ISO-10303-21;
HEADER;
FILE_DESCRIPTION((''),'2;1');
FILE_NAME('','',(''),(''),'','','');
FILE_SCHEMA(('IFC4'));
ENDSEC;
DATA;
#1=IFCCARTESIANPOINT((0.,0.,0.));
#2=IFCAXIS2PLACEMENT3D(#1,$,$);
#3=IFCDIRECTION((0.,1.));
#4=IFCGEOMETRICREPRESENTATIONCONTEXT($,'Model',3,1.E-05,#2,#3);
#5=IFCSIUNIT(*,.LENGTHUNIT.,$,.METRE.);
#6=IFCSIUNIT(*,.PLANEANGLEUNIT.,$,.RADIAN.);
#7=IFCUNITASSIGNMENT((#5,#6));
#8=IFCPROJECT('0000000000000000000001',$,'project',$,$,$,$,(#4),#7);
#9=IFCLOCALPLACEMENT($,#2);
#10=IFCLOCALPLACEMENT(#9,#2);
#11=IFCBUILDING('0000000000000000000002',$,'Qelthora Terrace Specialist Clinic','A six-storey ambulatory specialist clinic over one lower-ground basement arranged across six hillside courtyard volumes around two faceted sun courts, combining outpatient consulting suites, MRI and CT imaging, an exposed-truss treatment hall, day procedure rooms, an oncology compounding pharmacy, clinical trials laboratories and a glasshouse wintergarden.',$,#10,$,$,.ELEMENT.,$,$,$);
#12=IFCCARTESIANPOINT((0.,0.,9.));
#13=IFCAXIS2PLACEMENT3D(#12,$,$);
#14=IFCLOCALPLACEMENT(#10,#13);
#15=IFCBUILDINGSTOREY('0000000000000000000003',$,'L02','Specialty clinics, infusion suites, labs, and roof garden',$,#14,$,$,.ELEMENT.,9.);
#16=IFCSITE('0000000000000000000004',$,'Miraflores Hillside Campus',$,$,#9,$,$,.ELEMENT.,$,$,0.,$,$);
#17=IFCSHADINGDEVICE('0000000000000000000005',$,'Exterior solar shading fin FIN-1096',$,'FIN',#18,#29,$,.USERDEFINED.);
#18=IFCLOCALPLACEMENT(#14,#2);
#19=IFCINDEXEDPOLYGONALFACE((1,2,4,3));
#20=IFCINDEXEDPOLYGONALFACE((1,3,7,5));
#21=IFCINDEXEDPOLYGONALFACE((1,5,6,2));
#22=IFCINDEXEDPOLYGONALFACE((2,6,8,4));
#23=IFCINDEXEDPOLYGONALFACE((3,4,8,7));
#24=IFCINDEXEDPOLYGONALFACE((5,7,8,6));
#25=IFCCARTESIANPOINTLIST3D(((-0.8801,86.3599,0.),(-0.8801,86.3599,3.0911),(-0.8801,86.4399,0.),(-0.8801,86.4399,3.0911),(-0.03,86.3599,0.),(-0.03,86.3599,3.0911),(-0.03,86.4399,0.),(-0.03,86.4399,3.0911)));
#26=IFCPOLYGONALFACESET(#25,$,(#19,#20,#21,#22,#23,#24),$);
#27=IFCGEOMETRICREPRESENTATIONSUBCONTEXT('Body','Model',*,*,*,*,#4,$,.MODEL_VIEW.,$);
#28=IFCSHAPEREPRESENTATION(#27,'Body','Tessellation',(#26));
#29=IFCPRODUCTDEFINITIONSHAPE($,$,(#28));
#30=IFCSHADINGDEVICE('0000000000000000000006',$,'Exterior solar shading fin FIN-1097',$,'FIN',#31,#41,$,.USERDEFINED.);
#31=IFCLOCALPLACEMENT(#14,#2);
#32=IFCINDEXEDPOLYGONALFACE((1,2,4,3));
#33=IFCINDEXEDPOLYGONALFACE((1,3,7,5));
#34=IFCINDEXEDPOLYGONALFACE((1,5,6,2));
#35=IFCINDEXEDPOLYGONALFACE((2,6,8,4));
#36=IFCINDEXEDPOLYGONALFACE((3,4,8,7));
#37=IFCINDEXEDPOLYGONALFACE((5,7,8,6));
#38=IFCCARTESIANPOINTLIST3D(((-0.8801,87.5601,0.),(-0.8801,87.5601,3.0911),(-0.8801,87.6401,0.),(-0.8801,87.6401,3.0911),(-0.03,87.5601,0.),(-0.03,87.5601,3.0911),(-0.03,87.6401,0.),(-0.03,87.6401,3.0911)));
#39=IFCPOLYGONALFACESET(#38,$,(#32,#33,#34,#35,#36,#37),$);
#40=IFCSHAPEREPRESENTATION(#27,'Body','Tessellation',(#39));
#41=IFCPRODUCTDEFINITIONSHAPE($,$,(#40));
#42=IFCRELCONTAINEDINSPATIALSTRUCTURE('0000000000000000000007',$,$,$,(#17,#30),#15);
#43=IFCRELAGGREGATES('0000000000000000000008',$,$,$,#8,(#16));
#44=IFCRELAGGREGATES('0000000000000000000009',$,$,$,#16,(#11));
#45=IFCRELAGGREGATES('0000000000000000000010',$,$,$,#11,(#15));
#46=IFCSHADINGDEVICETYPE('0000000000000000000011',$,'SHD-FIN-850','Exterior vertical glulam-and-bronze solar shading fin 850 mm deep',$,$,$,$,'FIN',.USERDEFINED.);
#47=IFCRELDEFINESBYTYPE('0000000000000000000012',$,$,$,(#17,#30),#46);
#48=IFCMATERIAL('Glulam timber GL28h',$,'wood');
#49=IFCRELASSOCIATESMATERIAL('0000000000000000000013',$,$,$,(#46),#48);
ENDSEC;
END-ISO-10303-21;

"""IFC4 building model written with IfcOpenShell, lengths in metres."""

from ifc_helpers import new_model, si_unit, direction, frame, origin, origin_2d, place, context, subcontext, project, spatial, rectangle, extrude, material, type_object, element, save


model = new_model("IFC4")

# Units and contexts
model_context = context("Model", 3, precision=1e-05, world=origin(), true_north=direction((0.0, 1.0)))
body_context = subcontext(model_context, "Body", "Model", "MODEL_VIEW")
ifc_project = project(units=[si_unit("LENGTHUNIT", "METRE"), si_unit("PLANEANGLEUNIT", "RADIAN")], contexts=[model_context])

# Site, building, storey
site_placement = place(None, origin())
site = spatial("IfcSite", under=ifc_project, at=site_placement, Name="Miraflores Hillside Campus", CompositionType="ELEMENT", RefElevation=0.0)
building_placement = place(site_placement, origin())
building = spatial("IfcBuilding", under=site, at=building_placement, Name="Qelthora Terrace Specialist Clinic", Description="A six-storey ambulatory specialist clinic over one lower-ground basement arranged across six hillside courtyard volumes around two faceted sun courts, combining outpatient consulting suites, MRI and CT imaging, an exposed-truss treatment hall, day procedure rooms, an oncology compounding pharmacy, clinical trials laboratories and a glasshouse wintergarden.", CompositionType="ELEMENT")
storey_placement = place(building_placement, frame((0.0, 0.0, 9.0)))
storey = spatial("IfcBuildingStorey", under=building, at=storey_placement, Name="L02", Description="Specialty clinics, infusion suites, labs, and roof garden", CompositionType="ELEMENT", Elevation=9.0)

# Shading devices
ifc_material_1 = material(Name="Glulam timber GL28h", Category="wood")
shading_device_type = type_object("IfcShadingDeviceType", Name="SHD-FIN-850", Description="Exterior vertical glulam-and-bronze solar shading fin 850 mm deep", ElementType="FIN", PredefinedType="USERDEFINED", material=ifc_material_1)
for number, where, z_axis, x_axis, name in (
    (1, (-0.4551, 86.3999, 0.0), (0.0, 0.0, 1.0), (-1.0, 0.0, 0.0), "Exterior solar shading fin FIN-1096"),
    (2, (-0.4551, 87.6001, 0.0), (0.0, 0.0, 1.0), (-1.0, 0.0, 0.0), "Exterior solar shading fin FIN-1097"),
):
    element("IfcShadingDevice", number, at=place(storey_placement, frame(where, z_axis=z_axis, x_axis=x_axis)), inside=storey, type_object=shading_device_type, Name=name, ObjectType="FIN", PredefinedType="USERDEFINED", context=body_context, shape_type="SweptSolid", body=[
        extrude(rectangle(XDim=0.8501, YDim=0.0801, at=origin_2d()), origin(), (0.0, 0.0, 1.0), 3.0911),
    ])

save(model, "model.ifc")
